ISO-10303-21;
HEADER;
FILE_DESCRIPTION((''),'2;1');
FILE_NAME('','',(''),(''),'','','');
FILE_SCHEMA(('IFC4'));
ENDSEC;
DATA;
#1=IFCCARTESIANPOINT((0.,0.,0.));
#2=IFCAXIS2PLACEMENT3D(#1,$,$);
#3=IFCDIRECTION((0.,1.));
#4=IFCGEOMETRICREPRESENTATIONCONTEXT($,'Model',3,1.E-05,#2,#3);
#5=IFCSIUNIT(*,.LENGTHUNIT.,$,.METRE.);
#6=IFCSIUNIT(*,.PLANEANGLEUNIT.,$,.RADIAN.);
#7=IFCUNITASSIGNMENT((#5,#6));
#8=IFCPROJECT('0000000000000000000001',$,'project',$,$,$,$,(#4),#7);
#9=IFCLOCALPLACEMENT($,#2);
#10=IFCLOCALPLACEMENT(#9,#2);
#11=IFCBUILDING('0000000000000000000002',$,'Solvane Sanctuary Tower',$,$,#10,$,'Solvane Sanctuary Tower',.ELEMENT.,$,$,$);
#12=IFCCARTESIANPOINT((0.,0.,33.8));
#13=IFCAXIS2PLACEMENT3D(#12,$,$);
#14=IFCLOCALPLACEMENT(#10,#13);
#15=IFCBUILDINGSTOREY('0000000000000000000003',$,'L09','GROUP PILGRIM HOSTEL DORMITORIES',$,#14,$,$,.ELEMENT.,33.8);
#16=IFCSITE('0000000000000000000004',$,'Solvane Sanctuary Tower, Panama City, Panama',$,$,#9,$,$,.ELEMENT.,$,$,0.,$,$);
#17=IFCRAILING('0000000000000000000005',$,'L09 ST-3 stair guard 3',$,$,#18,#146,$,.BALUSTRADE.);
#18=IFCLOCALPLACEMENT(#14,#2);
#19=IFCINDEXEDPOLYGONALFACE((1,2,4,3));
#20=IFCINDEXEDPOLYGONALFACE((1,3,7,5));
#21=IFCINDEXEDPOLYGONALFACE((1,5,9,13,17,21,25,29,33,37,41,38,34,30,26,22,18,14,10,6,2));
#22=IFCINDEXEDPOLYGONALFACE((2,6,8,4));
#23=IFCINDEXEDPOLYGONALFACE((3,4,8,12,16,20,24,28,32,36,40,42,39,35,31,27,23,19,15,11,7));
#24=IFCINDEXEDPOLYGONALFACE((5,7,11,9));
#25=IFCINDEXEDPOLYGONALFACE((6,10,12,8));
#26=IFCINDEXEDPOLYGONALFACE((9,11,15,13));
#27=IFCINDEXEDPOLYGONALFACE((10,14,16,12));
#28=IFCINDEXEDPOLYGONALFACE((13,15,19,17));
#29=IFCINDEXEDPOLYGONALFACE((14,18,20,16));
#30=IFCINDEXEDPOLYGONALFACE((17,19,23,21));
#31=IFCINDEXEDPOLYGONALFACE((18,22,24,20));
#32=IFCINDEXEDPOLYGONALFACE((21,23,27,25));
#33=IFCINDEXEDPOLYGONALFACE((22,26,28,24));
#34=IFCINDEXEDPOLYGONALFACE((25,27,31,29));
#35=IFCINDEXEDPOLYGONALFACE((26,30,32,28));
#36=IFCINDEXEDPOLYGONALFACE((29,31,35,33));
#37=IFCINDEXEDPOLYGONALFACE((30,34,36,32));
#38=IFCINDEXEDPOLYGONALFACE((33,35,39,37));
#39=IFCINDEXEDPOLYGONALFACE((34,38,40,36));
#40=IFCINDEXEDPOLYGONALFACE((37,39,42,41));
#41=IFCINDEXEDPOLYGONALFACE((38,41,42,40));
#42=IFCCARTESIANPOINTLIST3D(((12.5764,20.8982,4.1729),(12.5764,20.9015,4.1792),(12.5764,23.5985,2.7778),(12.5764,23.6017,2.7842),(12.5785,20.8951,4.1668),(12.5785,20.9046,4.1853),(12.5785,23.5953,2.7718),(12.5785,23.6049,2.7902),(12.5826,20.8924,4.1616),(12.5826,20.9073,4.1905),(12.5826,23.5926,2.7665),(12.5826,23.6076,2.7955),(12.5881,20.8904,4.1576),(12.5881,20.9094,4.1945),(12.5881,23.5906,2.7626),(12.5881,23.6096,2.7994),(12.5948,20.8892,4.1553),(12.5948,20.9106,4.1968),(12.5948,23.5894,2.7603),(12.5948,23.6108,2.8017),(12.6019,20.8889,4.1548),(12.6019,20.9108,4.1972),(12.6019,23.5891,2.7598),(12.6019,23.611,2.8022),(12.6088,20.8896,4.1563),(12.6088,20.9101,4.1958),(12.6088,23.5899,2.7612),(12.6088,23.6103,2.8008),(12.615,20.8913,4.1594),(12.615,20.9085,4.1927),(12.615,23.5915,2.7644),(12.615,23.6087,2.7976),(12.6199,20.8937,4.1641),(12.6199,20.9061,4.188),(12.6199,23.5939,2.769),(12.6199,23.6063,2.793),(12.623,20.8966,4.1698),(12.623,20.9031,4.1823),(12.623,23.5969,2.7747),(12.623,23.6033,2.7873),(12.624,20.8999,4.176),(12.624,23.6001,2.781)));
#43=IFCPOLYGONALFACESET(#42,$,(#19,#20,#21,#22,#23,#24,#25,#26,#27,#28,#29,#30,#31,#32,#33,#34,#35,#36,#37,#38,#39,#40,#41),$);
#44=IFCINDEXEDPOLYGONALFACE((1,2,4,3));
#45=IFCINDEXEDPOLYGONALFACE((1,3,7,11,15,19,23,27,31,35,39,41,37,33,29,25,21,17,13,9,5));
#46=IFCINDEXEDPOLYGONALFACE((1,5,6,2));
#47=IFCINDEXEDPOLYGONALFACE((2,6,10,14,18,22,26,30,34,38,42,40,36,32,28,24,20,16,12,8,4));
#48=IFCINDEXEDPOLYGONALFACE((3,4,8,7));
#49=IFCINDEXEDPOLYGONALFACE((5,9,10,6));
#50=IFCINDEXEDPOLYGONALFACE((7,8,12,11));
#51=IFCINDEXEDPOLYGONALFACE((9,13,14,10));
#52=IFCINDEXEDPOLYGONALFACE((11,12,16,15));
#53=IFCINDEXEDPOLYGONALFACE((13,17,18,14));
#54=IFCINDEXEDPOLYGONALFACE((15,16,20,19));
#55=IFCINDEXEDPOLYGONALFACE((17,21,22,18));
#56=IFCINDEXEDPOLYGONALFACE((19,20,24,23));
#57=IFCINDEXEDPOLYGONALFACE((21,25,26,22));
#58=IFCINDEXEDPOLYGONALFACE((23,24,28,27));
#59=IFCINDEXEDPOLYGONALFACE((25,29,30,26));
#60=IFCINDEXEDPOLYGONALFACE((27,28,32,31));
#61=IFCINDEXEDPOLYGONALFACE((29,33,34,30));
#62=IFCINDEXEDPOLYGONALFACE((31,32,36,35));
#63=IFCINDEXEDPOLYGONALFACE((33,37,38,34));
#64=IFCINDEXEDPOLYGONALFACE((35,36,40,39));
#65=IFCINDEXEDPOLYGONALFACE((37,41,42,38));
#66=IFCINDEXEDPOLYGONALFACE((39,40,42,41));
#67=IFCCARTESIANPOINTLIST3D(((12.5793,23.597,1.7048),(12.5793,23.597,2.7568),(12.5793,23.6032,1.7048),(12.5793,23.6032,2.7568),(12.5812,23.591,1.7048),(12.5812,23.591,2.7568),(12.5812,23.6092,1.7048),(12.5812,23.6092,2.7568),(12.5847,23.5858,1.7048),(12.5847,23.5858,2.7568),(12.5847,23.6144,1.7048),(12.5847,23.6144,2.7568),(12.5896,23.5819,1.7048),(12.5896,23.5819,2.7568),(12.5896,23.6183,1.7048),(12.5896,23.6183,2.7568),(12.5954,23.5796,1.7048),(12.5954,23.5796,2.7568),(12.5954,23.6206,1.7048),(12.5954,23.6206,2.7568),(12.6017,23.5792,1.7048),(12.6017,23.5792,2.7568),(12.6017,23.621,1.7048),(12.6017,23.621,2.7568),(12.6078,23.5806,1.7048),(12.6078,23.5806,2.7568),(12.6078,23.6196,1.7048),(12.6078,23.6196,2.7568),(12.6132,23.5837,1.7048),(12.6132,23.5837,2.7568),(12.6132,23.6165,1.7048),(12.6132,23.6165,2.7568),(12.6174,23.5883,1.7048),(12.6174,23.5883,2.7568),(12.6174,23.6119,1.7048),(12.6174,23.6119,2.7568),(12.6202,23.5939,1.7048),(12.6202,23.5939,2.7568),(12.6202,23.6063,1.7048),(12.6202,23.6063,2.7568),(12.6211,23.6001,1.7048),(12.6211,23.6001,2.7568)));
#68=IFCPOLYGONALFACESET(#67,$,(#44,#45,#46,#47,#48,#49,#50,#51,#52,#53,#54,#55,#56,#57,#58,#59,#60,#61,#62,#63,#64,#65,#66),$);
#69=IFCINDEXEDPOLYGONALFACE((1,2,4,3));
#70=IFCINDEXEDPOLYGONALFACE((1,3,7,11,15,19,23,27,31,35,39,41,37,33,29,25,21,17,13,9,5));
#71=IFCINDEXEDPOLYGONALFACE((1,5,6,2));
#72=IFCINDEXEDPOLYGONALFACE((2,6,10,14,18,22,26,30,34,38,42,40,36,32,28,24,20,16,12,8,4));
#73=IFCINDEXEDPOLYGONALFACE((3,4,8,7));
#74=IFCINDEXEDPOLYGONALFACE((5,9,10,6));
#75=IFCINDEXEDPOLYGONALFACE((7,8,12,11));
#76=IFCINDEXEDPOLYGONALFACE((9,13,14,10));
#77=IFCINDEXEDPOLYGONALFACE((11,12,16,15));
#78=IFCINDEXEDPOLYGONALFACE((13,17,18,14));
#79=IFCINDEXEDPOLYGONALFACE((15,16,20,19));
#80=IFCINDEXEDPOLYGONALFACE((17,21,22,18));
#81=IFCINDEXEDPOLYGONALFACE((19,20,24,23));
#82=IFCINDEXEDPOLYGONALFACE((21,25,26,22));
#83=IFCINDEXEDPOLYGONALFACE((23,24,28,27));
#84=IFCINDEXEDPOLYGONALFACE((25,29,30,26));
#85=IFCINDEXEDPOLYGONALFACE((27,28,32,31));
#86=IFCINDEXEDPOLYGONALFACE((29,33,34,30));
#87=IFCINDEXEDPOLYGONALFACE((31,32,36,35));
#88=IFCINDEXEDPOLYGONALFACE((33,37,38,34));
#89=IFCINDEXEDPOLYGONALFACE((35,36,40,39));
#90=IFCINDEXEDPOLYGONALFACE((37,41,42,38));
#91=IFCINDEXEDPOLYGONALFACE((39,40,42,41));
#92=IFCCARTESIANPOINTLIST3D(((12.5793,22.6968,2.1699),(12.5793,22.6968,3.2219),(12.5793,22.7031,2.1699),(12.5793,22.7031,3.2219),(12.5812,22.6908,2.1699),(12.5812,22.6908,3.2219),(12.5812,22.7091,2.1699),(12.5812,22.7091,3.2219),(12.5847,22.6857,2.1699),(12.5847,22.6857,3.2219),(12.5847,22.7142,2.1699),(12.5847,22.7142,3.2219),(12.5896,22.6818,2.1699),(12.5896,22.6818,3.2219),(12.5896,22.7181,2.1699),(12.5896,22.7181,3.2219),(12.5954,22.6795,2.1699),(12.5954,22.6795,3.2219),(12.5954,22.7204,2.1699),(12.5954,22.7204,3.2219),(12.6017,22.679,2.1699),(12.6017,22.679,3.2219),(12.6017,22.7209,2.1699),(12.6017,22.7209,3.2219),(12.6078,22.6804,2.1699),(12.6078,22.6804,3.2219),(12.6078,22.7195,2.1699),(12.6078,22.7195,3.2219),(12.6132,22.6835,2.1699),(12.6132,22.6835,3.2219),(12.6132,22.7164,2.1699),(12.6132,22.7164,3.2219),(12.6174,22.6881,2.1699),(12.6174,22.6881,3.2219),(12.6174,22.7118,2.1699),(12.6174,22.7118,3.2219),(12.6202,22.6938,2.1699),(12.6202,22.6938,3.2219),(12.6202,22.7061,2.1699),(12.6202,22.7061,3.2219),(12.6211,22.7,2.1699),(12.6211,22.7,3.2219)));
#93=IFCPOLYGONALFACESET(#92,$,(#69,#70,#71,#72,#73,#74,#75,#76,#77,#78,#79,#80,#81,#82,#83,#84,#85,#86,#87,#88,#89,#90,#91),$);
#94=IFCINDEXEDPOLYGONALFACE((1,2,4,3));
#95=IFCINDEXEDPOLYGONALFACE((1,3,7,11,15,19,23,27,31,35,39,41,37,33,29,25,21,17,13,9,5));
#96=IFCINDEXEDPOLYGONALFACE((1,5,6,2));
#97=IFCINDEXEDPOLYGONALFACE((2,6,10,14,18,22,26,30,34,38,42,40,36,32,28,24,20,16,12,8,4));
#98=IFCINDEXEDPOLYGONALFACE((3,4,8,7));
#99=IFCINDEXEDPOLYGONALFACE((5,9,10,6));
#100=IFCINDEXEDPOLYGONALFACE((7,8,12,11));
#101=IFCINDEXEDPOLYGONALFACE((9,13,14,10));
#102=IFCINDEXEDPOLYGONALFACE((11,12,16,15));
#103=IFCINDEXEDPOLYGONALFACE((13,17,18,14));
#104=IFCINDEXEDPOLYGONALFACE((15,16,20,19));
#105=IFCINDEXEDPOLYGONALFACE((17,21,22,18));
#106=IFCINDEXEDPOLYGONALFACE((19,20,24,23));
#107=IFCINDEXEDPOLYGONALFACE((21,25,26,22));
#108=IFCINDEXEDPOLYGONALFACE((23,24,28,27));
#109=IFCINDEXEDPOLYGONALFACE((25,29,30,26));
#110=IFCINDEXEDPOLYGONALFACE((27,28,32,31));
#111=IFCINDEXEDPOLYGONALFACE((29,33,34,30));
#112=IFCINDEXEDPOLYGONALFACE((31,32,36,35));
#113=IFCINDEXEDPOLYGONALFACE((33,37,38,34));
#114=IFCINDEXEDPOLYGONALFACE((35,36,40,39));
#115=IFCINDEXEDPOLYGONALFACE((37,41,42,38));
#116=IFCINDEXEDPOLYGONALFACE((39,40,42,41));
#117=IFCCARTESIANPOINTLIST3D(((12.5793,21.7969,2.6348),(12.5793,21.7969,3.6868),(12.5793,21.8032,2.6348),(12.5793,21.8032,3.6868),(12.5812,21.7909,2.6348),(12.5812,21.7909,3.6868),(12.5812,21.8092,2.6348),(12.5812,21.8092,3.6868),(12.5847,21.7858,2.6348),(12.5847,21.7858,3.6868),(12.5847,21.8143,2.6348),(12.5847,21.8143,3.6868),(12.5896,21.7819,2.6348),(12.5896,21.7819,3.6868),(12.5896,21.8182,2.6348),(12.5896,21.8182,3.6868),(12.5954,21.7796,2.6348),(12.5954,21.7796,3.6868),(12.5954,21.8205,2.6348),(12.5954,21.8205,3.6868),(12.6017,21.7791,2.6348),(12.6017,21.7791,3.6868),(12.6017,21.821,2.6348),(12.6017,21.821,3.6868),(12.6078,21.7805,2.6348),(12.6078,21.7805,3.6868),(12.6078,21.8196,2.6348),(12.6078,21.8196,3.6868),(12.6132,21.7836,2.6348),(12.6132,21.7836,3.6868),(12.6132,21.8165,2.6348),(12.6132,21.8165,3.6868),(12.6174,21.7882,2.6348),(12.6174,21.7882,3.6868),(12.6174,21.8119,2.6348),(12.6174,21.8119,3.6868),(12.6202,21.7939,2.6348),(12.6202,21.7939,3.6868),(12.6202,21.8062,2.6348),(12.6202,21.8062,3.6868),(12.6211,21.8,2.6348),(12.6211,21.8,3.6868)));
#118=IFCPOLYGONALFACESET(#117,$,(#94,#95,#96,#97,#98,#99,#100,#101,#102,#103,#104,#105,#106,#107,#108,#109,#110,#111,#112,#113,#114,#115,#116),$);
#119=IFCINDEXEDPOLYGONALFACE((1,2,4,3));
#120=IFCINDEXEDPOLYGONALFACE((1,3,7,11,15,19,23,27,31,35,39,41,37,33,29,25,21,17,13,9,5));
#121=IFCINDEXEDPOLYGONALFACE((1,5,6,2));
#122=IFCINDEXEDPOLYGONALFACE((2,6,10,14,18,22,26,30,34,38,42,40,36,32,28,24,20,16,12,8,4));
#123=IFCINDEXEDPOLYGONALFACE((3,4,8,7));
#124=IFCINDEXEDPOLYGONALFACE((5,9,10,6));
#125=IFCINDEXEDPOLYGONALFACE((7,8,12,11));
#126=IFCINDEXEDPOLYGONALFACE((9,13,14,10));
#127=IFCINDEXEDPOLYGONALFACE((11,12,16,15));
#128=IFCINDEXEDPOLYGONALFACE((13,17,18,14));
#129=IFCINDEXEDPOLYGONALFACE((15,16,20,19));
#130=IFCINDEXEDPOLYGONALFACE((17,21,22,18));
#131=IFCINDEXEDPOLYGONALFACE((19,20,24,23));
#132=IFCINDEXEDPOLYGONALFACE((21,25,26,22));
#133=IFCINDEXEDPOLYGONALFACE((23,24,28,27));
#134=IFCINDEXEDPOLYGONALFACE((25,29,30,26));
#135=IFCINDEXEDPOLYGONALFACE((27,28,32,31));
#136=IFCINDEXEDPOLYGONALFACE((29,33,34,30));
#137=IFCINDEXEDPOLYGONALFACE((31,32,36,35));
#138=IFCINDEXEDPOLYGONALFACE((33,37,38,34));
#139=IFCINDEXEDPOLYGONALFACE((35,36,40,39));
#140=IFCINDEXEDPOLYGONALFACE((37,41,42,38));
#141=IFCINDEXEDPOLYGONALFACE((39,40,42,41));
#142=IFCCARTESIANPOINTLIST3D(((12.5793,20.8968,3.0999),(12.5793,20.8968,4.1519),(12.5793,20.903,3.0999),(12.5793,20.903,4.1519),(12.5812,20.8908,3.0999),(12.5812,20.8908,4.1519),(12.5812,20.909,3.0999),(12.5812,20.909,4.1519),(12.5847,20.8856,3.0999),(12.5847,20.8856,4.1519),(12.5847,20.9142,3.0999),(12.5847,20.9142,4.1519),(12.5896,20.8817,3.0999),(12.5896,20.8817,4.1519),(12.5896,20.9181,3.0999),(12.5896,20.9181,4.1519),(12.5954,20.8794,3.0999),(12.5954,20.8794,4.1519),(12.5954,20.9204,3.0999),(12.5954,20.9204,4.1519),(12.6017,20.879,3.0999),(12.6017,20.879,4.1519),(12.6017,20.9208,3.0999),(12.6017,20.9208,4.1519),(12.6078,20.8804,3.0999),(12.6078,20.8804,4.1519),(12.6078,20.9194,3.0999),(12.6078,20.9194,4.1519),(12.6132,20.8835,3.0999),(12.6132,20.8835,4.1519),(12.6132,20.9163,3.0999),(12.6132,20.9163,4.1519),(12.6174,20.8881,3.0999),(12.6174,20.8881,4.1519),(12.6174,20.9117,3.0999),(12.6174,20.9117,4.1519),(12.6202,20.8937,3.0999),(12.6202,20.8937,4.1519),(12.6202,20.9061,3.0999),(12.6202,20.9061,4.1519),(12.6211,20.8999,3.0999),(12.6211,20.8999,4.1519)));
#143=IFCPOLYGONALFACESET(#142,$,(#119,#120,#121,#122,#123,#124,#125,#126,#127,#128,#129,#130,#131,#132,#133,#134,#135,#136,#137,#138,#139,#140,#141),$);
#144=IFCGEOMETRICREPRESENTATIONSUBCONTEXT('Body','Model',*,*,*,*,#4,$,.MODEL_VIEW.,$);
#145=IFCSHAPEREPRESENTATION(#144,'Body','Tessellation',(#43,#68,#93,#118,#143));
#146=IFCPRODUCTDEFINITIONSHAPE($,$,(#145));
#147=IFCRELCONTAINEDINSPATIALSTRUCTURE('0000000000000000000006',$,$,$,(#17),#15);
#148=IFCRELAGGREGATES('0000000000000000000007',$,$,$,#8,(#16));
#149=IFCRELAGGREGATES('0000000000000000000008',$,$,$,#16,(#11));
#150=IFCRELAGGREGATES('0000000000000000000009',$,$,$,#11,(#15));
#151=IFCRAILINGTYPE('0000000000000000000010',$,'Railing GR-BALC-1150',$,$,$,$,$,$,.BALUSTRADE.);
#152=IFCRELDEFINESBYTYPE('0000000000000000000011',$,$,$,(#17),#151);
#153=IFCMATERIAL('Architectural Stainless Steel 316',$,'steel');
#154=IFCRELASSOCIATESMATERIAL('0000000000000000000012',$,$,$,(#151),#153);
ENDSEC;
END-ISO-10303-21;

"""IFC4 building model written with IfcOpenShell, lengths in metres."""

from ifc_helpers import new_model, si_unit, direction, frame, origin, origin_2d, place, context, subcontext, project, spatial, circle, extrude, material, type_object, element, save


model = new_model("IFC4")

# Units and contexts
model_context = context("Model", 3, precision=1e-05, world=origin(), true_north=direction((0.0, 1.0)))
body_context = subcontext(model_context, "Body", "Model", "MODEL_VIEW")
ifc_project = project(units=[si_unit("LENGTHUNIT", "METRE"), si_unit("PLANEANGLEUNIT", "RADIAN")], contexts=[model_context])

# Site, building, storey
site_placement = place(None, origin())
site = spatial("IfcSite", under=ifc_project, at=site_placement, Name="Solvane Sanctuary Tower, Panama City, Panama", CompositionType="ELEMENT", RefElevation=0.0)
building_placement = place(site_placement, origin())
building = spatial("IfcBuilding", under=site, at=building_placement, Name="Solvane Sanctuary Tower", LongName="Solvane Sanctuary Tower", CompositionType="ELEMENT")
storey_placement = place(building_placement, frame((0.0, 0.0, 33.8)))
storey = spatial("IfcBuildingStorey", under=building, at=storey_placement, Name="L09", Description="GROUP PILGRIM HOSTEL DORMITORIES", CompositionType="ELEMENT", Elevation=33.8)

# Railing
ifc_material_1 = material(Name="Architectural Stainless Steel 316", Category="steel")
railing_type_1 = type_object("IfcRailingType", Name="Railing GR-BALC-1150", PredefinedType="BALUSTRADE", material=ifc_material_1)
railing_1_placement = place(storey_placement, frame((12.6001, 23.6001, 1.7048)))
element("IfcRailing", 1, at=railing_1_placement, inside=storey, type_object=railing_type_1, Name="L09 ST-3 stair guard 3", PredefinedType="BALUSTRADE", context=body_context, shape_type="SweptSolid", body=[
    extrude(circle(Radius=0.0239, at=origin_2d()), frame((0.0, 0.0, 1.0762), z_axis=(0.0, -0.888437, 0.458999), x_axis=(1.0, 0.0, 0.0)), (0.0, 0.0, 1.0), 3.0393),
    extrude(circle(Radius=0.021, at=origin_2d()), origin(), (0.0, 0.0, 1.0), 1.052),
    extrude(circle(Radius=0.021, at=origin_2d()), frame((0.0, -0.9001, 0.4651)), (0.0, 0.0, 1.0), 1.052),
    extrude(circle(Radius=0.021, at=origin_2d()), frame((0.0, -1.8, 0.9299)), (0.0, 0.0, 1.0), 1.052),
    extrude(circle(Radius=0.021, at=origin_2d()), frame((0.0, -2.7002, 1.395)), (0.0, 0.0, 1.0), 1.052),
])

save(model, "model.ifc")
